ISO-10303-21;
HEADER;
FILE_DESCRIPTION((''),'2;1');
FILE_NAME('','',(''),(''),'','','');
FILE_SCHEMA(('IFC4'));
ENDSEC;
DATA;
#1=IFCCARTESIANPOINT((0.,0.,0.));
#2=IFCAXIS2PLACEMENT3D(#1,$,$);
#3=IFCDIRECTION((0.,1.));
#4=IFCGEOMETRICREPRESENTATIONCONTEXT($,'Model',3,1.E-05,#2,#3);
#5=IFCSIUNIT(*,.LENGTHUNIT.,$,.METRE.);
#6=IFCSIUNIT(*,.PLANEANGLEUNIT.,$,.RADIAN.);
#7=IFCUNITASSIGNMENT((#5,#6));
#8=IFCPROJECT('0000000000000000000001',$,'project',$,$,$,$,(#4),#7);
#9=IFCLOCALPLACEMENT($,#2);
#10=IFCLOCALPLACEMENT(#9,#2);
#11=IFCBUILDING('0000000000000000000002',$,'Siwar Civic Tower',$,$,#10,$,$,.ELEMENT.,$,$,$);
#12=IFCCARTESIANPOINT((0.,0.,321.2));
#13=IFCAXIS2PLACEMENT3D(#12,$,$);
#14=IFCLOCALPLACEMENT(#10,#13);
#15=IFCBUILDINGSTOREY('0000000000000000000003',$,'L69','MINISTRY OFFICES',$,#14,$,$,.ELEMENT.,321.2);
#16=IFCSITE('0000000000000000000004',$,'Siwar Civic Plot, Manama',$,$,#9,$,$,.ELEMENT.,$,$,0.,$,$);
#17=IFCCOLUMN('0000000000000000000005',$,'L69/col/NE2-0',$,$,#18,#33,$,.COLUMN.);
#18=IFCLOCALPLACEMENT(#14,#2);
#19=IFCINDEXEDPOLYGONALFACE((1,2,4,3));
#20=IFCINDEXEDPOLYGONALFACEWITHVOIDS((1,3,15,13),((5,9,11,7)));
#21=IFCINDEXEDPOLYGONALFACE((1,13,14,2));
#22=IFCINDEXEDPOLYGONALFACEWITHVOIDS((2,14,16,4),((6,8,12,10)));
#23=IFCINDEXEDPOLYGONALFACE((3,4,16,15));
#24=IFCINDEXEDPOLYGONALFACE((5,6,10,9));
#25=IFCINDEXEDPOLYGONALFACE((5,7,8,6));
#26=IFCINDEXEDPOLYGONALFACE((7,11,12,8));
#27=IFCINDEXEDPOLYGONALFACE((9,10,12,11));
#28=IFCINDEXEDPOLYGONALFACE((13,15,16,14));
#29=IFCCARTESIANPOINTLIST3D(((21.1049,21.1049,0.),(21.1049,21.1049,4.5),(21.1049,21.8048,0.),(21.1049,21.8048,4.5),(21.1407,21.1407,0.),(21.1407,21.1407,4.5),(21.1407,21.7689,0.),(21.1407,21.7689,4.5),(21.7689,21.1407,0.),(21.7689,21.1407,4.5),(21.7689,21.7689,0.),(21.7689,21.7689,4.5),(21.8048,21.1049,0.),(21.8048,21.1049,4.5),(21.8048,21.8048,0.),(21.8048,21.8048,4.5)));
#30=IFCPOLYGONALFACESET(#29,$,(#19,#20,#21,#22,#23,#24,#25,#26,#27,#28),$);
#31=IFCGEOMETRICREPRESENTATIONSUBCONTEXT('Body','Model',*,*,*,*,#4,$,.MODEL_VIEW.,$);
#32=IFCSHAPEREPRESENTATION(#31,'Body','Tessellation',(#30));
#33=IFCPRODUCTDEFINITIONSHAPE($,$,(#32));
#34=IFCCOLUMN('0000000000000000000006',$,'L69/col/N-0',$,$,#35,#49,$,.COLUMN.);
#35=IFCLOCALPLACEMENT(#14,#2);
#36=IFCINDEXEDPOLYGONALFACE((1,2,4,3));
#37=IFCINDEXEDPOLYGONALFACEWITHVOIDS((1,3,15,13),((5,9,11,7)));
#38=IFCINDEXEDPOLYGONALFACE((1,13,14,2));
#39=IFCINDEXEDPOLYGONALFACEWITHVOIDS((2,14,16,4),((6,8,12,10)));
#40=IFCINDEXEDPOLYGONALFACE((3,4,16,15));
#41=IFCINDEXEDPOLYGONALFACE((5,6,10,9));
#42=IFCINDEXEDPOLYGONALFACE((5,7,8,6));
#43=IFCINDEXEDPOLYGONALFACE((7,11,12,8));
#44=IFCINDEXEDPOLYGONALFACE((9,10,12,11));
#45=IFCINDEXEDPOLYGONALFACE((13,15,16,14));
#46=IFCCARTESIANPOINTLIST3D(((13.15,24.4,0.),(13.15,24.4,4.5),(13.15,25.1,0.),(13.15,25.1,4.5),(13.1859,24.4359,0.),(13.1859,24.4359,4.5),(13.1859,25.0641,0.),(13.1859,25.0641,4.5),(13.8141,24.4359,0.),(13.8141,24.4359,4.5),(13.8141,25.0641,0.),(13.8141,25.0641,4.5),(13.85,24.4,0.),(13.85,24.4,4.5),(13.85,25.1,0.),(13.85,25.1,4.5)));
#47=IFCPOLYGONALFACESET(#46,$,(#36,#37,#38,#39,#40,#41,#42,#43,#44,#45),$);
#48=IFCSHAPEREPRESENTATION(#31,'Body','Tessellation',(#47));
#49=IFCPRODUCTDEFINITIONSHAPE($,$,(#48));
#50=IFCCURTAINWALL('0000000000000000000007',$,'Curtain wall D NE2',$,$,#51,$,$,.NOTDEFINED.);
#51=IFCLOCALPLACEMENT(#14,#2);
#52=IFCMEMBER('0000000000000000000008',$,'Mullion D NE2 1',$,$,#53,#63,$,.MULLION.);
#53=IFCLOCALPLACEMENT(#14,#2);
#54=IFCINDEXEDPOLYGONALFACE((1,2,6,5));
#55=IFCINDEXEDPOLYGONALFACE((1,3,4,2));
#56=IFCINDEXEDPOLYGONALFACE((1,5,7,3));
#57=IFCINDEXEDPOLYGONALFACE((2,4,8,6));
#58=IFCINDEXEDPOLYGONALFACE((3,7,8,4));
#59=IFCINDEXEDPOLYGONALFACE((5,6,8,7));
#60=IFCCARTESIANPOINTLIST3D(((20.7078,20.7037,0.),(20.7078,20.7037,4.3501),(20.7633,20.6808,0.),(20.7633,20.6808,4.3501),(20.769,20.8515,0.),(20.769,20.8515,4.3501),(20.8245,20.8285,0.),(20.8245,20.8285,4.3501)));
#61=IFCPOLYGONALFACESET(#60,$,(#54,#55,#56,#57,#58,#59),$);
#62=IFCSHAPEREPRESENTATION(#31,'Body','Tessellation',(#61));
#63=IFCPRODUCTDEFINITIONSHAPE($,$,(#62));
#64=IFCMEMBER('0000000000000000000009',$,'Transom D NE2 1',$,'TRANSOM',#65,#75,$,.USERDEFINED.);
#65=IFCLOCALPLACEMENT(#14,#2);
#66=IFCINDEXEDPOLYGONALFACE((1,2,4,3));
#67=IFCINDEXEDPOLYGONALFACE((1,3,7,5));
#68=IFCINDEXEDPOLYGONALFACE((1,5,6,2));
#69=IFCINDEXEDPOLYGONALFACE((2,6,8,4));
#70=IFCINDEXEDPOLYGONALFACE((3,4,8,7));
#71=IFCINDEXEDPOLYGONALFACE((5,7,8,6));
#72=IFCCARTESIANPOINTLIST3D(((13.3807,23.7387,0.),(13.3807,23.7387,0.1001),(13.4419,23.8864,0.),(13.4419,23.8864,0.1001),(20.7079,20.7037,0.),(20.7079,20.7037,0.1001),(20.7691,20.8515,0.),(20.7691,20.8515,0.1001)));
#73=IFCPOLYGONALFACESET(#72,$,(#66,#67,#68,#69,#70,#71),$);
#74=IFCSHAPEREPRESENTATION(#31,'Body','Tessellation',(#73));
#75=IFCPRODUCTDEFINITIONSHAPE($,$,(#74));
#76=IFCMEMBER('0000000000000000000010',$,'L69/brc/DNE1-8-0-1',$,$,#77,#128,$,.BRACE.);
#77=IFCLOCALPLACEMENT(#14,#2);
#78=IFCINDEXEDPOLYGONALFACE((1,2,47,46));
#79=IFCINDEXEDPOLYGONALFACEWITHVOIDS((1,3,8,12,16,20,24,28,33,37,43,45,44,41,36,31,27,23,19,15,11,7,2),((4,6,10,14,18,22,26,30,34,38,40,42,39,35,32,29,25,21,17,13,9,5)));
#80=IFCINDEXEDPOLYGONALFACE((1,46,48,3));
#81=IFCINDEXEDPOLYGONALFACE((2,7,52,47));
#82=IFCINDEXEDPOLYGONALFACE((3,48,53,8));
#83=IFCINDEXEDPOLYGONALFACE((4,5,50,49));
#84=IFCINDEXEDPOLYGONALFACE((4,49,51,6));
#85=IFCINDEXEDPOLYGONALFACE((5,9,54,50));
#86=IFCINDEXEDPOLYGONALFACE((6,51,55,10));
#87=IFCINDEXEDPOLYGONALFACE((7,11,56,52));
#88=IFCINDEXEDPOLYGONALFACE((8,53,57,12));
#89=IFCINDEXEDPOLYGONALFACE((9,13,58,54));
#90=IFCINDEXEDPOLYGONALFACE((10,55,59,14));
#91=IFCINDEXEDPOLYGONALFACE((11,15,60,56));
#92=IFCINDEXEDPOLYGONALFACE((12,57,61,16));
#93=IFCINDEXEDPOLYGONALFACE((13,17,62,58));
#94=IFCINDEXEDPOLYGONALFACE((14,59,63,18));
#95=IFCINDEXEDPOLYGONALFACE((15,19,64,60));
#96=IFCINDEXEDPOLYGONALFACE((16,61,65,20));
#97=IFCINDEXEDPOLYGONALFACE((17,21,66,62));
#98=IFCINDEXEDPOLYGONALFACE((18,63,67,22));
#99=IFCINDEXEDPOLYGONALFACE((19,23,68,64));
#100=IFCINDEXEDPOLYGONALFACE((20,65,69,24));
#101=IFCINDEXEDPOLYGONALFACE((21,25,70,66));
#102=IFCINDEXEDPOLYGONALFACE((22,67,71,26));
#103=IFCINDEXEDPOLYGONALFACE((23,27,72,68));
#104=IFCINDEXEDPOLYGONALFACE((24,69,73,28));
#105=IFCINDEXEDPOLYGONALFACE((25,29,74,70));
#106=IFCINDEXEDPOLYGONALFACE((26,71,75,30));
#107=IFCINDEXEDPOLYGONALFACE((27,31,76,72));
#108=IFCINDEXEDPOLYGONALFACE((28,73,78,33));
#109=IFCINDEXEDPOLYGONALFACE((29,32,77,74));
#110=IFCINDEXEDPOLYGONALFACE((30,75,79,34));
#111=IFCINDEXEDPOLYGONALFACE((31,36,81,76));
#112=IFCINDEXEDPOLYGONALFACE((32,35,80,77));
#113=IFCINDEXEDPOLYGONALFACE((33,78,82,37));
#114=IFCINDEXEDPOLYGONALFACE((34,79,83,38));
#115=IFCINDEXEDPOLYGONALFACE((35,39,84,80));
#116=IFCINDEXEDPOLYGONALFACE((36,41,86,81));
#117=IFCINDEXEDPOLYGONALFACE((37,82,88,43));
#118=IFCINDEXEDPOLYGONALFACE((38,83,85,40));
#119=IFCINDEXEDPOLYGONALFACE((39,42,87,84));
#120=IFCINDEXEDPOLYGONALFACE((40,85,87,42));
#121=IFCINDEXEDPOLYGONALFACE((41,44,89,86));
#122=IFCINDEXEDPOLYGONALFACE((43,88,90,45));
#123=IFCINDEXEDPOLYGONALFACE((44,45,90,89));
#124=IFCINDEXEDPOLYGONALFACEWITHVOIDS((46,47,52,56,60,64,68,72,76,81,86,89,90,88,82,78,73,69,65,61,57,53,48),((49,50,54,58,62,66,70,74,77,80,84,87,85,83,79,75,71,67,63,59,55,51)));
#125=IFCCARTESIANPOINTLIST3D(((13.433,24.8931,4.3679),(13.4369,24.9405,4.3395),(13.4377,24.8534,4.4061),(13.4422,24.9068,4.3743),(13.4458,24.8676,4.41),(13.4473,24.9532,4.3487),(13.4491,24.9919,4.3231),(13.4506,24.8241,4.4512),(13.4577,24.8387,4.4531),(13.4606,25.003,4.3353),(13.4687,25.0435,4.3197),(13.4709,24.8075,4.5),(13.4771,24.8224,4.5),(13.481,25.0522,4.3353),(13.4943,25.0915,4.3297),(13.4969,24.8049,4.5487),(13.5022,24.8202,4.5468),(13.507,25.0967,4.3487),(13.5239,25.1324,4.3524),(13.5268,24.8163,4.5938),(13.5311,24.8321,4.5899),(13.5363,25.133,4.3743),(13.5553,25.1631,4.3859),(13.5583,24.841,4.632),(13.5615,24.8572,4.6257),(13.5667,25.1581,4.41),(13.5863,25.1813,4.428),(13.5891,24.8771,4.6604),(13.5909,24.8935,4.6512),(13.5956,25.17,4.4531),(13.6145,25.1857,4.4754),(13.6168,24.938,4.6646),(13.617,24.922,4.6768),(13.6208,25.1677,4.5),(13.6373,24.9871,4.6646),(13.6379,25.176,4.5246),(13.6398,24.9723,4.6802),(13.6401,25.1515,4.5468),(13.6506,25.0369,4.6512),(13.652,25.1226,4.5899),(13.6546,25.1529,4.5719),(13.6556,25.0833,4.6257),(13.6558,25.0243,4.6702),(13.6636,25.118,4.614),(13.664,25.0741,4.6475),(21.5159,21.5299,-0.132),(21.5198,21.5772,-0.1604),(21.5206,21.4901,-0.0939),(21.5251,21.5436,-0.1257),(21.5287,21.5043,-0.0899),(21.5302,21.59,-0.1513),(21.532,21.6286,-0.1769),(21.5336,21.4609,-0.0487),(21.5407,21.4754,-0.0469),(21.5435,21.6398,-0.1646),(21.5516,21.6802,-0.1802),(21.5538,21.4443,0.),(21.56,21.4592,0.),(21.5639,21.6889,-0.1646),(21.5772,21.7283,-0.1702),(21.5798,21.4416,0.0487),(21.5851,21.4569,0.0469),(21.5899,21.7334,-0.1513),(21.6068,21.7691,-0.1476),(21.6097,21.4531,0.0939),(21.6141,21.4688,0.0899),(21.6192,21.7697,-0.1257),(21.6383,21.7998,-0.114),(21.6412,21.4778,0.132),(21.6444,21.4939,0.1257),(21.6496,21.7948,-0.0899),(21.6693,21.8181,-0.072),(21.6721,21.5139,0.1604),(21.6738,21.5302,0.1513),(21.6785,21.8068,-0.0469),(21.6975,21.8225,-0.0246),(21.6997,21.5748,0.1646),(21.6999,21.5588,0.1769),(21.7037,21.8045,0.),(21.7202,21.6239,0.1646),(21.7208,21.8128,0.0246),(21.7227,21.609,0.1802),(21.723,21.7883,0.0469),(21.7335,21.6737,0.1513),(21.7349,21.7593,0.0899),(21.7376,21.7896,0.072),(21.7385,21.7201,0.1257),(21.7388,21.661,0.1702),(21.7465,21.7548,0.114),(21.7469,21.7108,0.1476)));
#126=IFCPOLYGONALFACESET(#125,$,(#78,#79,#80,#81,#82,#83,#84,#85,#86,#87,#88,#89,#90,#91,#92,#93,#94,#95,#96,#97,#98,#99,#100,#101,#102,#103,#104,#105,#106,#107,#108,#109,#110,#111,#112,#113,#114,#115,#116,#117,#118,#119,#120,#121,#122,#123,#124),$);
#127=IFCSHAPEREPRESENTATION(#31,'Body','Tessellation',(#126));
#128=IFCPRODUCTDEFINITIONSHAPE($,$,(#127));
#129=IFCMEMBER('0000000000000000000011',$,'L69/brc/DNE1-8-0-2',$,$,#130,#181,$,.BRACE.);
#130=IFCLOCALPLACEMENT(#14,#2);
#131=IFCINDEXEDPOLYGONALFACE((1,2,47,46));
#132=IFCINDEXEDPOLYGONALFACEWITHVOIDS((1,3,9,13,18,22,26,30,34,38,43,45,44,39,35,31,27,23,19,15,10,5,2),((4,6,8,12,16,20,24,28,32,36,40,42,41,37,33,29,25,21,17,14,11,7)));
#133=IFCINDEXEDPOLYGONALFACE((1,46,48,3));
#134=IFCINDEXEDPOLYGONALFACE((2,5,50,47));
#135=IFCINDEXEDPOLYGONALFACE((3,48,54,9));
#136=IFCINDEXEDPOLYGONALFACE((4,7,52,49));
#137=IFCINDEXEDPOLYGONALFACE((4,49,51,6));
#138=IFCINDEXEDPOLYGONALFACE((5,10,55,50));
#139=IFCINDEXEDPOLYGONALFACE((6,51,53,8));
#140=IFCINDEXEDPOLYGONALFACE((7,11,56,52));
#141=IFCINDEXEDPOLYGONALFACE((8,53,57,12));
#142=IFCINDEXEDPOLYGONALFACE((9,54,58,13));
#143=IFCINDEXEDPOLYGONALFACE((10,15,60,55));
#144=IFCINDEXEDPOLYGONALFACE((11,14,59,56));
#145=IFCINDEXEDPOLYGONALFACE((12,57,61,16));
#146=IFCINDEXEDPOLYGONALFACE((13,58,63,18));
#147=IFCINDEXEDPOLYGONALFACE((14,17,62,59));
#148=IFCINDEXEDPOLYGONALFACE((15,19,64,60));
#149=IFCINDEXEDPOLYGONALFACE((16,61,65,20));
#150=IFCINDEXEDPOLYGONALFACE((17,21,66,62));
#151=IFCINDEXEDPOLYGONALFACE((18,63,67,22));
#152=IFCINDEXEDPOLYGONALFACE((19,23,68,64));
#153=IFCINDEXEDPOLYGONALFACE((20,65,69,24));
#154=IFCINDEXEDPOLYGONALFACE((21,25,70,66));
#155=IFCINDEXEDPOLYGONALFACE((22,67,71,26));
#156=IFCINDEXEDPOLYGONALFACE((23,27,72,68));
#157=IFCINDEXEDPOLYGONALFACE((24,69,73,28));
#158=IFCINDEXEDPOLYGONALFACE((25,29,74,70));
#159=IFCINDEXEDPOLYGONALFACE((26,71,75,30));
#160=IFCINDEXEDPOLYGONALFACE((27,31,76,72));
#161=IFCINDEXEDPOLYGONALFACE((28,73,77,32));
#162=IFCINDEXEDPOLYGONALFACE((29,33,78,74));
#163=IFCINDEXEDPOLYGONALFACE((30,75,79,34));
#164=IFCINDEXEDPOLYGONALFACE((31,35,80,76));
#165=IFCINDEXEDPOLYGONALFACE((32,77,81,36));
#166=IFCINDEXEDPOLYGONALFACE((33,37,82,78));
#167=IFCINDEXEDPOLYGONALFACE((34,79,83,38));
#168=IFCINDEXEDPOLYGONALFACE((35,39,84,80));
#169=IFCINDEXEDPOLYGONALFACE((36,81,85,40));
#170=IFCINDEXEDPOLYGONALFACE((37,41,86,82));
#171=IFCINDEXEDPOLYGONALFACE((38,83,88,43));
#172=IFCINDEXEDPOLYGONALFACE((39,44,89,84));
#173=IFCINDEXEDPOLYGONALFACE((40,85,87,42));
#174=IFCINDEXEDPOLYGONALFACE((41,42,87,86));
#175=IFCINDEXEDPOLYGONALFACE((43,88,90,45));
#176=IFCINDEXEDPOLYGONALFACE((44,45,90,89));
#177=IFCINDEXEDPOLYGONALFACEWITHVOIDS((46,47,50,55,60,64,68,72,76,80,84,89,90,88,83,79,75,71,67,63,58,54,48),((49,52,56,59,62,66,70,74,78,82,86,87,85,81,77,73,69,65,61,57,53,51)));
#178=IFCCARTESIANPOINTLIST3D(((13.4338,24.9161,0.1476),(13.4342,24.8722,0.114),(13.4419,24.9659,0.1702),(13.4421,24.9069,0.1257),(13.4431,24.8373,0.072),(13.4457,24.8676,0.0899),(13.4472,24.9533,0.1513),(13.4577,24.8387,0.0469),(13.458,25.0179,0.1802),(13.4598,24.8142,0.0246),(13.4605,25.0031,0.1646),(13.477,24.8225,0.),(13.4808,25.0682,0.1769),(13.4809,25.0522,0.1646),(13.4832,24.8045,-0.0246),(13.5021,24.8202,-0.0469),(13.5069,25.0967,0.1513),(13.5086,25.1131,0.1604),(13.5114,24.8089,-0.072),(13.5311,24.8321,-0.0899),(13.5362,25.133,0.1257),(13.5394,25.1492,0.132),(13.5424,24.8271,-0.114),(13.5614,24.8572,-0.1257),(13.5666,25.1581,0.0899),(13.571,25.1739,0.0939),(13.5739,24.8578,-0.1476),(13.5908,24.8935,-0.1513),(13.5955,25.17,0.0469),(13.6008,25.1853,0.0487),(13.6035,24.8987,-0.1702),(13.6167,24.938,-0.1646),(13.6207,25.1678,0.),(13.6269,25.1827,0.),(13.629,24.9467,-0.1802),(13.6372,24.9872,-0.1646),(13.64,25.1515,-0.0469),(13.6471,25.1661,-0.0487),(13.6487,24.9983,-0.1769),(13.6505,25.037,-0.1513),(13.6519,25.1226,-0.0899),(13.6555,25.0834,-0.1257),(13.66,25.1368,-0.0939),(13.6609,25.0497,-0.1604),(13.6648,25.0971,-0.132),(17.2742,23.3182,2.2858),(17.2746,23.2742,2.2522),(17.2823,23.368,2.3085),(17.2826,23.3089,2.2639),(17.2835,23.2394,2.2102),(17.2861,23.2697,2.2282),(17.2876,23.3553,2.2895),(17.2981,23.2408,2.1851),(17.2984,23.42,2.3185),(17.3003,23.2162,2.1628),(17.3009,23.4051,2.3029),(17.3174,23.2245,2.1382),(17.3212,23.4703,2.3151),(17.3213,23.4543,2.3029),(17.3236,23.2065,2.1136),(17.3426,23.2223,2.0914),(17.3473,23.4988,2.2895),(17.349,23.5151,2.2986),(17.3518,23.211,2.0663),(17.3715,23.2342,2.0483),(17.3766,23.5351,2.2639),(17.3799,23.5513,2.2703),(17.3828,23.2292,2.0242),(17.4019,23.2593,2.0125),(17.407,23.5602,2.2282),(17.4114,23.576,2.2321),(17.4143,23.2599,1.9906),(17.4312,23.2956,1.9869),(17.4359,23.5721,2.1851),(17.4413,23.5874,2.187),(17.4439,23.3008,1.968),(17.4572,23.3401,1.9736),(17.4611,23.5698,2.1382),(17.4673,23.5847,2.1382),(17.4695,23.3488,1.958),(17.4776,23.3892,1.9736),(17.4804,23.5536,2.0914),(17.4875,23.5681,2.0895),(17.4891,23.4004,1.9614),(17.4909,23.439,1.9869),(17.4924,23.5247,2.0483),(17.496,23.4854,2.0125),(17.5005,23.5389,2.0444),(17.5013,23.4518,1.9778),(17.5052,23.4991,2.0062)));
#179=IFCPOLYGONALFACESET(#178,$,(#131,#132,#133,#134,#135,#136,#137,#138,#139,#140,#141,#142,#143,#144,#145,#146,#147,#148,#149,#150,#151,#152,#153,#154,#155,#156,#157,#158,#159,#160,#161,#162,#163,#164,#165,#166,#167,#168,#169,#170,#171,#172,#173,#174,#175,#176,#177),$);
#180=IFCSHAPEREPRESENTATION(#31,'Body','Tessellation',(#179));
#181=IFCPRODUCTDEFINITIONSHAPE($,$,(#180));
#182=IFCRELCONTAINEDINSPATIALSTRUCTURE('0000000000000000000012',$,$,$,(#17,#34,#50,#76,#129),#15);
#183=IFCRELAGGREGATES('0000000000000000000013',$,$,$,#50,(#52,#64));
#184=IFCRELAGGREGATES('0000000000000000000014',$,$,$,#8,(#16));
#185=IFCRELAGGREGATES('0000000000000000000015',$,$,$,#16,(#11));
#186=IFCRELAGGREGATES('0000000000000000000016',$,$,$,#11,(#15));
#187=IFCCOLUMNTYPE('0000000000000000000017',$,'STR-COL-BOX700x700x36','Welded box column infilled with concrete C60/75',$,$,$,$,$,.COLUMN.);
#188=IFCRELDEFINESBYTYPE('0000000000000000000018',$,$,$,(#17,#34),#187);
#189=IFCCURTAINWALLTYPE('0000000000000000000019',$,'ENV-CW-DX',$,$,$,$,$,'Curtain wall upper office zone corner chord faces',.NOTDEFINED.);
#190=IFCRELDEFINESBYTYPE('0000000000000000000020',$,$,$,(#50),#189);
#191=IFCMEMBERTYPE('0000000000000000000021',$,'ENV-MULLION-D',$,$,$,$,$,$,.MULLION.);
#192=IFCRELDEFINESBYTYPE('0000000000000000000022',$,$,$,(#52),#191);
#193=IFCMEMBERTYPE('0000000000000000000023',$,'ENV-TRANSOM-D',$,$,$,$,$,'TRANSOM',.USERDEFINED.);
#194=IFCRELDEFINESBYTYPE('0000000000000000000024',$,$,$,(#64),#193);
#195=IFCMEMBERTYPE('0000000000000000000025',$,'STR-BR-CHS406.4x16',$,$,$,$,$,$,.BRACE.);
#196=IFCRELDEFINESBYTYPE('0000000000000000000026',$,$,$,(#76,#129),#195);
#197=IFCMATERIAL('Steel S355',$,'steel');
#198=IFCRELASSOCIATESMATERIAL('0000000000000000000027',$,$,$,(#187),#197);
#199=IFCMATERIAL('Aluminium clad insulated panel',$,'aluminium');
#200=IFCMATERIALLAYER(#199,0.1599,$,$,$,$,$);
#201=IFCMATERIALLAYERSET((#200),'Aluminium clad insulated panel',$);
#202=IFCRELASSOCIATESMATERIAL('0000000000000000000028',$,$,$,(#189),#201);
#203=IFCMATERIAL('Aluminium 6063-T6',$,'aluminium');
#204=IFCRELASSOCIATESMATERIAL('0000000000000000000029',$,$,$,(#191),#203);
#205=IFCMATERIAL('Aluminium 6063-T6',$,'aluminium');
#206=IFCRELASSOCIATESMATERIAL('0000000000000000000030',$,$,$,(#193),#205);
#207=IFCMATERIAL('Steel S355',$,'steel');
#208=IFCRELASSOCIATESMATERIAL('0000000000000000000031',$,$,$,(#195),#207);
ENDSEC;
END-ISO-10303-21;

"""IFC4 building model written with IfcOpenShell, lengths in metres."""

from ifc_helpers import new_model, si_unit, direction, frame, origin, origin_2d, place, context, subcontext, project, spatial, rectangle, hollow_rectangle, hollow_circle, extrude, material, layer, layer_set, material_profile, profile_set, type_object, element, aggregate, save


model = new_model("IFC4")

# Units and contexts
model_context = context("Model", 3, precision=1e-05, world=origin(), true_north=direction((0.0, 1.0)))
body_context = subcontext(model_context, "Body", "Model", "MODEL_VIEW")
ifc_project = project(units=[si_unit("LENGTHUNIT", "METRE"), si_unit("PLANEANGLEUNIT", "RADIAN")], contexts=[model_context])

# Site, building, storey
site_placement = place(None, origin())
site = spatial("IfcSite", under=ifc_project, at=site_placement, Name="Siwar Civic Plot, Manama", CompositionType="ELEMENT", RefElevation=0.0)
building_placement = place(site_placement, origin())
building = spatial("IfcBuilding", under=site, at=building_placement, Name="Siwar Civic Tower", CompositionType="ELEMENT")
storey_placement = place(building_placement, frame((0.0, 0.0, 321.2)))
storey = spatial("IfcBuildingStorey", under=building, at=storey_placement, Name="L69", Description="MINISTRY OFFICES", CompositionType="ELEMENT", Elevation=321.2)

# Columns
ifc_material_1 = material(Name="Steel S355", Category="steel")
ifc_material_profile_1 = material_profile(ifc_material_1, hollow_rectangle(XDim=0.7, YDim=0.7, WallThickness=0.0359, at=origin_2d()), Name="BOX700x700x36")
ifc_profile_set_1 = profile_set([ifc_material_profile_1], Name="Steel S355")
column_type = type_object("IfcColumnType", Name="STR-COL-BOX700x700x36", Description="Welded box column infilled with concrete C60/75", PredefinedType="COLUMN", material=ifc_profile_set_1)
for number, where, z_axis, x_axis, name in (
    (1, (21.4548, 21.4548, 0.0), (0.0, 0.0, 1.0), (1.0, 0.0, 0.0), "L69/col/NE2-0"),
    (2, (13.5, 24.75, 0.0), (0.0, 0.0, 1.0), (1.0, 0.0, 0.0), "L69/col/N-0"),
):
    element("IfcColumn", number, at=place(storey_placement, frame(where, z_axis=z_axis, x_axis=x_axis)), inside=storey, type_object=column_type, Name=name, PredefinedType="COLUMN", context=body_context, shape_type="SweptSolid", body=[
        extrude(hollow_rectangle(XDim=0.7, YDim=0.7, WallThickness=0.0359, at=origin_2d()), origin(), (0.0, 0.0, 1.0), 4.5),
    ])

# Curtain wall, members
ifc_material_2 = material(Name="Aluminium clad insulated panel", Category="aluminium")
ifc_layer_1 = layer(ifc_material_2, 0.1599)
ifc_layer_set_1 = layer_set([ifc_layer_1], Name="Aluminium clad insulated panel")
curtain_wall_type = type_object("IfcCurtainWallType", Name="ENV-CW-DX", ElementType="Curtain wall upper office zone corner chord faces", PredefinedType="NOTDEFINED", material=ifc_layer_set_1)
curtain_wall_1_placement = place(storey_placement, origin())
curtain_wall_1 = element("IfcCurtainWall", 3, at=curtain_wall_1_placement, inside=storey, type_object=curtain_wall_type, Name="Curtain wall D NE2", PredefinedType="NOTDEFINED")
ifc_material_3 = material(Name="Aluminium 6063-T6", Category="aluminium")
ifc_material_profile_2 = material_profile(ifc_material_3, rectangle(XDim=0.1599, YDim=0.0601, at=origin_2d()), Name="AL 160x60")
ifc_profile_set_2 = profile_set([ifc_material_profile_2], Name="Aluminium 6063-T6")
member_type_1 = type_object("IfcMemberType", Name="ENV-MULLION-D", PredefinedType="MULLION", material=ifc_profile_set_2)
member_1_placement = place(storey_placement, frame((20.7661, 20.7661, 0.0), z_axis=(0.0, 0.0, 1.0), x_axis=(-0.382683, -0.92388, 0.0)))
member_1 = element("IfcMember", 4, at=member_1_placement, type_object=member_type_1, Name="Mullion D NE2 1", PredefinedType="MULLION", context=body_context, shape_type="SweptSolid", body=[
    extrude(rectangle(XDim=0.1599, YDim=0.0601, at=origin_2d()), origin(), (0.0, 0.0, 1.0), 4.3501),
])
ifc_material_4 = material(Name="Aluminium 6063-T6", Category="aluminium")
ifc_material_profile_3 = material_profile(ifc_material_4, rectangle(XDim=0.1599, YDim=0.1001, at=origin_2d()), Name="AL 160x100")
ifc_profile_set_3 = profile_set([ifc_material_profile_3], Name="Aluminium 6063-T6")
member_type_2 = type_object("IfcMemberType", Name="ENV-TRANSOM-D", ElementType="TRANSOM", PredefinedType="USERDEFINED", material=ifc_profile_set_3)
member_2_placement = place(storey_placement, frame((20.7385, 20.7776, 0.05), z_axis=(-0.923884, 0.382674, 0.0), x_axis=(-0.382674, -0.923884, 0.0)))
member_2 = element("IfcMember", 5, at=member_2_placement, type_object=member_type_2, Name="Transom D NE2 1", ObjectType="TRANSOM", PredefinedType="USERDEFINED", context=body_context, shape_type="SweptSolid", body=[
    extrude(rectangle(XDim=0.1599, YDim=0.1001, at=origin_2d()), origin(), (0.0, 0.0, 1.0), 7.9309),
])

# Members
ifc_material_5 = material(Name="Steel S355", Category="steel")
ifc_material_profile_4 = material_profile(ifc_material_5, hollow_circle(Radius=0.2031, WallThickness=0.0161, at=origin_2d()), Name="CHS406.4x16")
ifc_profile_set_4 = profile_set([ifc_material_profile_4], Name="Steel S355")
member_type_3 = type_object("IfcMemberType", Name="STR-BR-CHS406.4x16", PredefinedType="BRACE", material=ifc_profile_set_4)
member_3_placement = place(storey_placement, frame((21.6318, 21.6318, 0.0), z_axis=(-0.821143, 0.341671, 0.457149), x_axis=(-0.384164, -0.923265, 0.0)))
element("IfcMember", 6, at=member_3_placement, inside=storey, type_object=member_type_3, Name="L69/brc/DNE1-8-0-1", PredefinedType="BRACE", context=body_context, shape_type="SweptSolid", body=[
    extrude(hollow_circle(Radius=0.2031, WallThickness=0.0161, at=origin_2d()), origin(), (0.0, 0.0, 1.0), 9.8435),
])
for number, where, z_axis, x_axis, name in (
    (7, (13.5488, 24.9951, 0.0), (0.82113, -0.341659, 0.457181), (0.384157, 0.923268, 0.0), "L69/brc/DNE1-8-0-2"),
):
    element("IfcMember", number, at=place(storey_placement, frame(where, z_axis=z_axis, x_axis=x_axis)), inside=storey, type_object=member_type_3, Name=name, PredefinedType="BRACE", context=body_context, shape_type="SweptSolid", body=[
        extrude(hollow_circle(Radius=0.2031, WallThickness=0.0161, at=origin_2d()), origin(), (0.0, 0.0, 1.0), 4.677),
    ])

aggregate(curtain_wall_1, [member_1, member_2])

save(model, "model.ifc")
